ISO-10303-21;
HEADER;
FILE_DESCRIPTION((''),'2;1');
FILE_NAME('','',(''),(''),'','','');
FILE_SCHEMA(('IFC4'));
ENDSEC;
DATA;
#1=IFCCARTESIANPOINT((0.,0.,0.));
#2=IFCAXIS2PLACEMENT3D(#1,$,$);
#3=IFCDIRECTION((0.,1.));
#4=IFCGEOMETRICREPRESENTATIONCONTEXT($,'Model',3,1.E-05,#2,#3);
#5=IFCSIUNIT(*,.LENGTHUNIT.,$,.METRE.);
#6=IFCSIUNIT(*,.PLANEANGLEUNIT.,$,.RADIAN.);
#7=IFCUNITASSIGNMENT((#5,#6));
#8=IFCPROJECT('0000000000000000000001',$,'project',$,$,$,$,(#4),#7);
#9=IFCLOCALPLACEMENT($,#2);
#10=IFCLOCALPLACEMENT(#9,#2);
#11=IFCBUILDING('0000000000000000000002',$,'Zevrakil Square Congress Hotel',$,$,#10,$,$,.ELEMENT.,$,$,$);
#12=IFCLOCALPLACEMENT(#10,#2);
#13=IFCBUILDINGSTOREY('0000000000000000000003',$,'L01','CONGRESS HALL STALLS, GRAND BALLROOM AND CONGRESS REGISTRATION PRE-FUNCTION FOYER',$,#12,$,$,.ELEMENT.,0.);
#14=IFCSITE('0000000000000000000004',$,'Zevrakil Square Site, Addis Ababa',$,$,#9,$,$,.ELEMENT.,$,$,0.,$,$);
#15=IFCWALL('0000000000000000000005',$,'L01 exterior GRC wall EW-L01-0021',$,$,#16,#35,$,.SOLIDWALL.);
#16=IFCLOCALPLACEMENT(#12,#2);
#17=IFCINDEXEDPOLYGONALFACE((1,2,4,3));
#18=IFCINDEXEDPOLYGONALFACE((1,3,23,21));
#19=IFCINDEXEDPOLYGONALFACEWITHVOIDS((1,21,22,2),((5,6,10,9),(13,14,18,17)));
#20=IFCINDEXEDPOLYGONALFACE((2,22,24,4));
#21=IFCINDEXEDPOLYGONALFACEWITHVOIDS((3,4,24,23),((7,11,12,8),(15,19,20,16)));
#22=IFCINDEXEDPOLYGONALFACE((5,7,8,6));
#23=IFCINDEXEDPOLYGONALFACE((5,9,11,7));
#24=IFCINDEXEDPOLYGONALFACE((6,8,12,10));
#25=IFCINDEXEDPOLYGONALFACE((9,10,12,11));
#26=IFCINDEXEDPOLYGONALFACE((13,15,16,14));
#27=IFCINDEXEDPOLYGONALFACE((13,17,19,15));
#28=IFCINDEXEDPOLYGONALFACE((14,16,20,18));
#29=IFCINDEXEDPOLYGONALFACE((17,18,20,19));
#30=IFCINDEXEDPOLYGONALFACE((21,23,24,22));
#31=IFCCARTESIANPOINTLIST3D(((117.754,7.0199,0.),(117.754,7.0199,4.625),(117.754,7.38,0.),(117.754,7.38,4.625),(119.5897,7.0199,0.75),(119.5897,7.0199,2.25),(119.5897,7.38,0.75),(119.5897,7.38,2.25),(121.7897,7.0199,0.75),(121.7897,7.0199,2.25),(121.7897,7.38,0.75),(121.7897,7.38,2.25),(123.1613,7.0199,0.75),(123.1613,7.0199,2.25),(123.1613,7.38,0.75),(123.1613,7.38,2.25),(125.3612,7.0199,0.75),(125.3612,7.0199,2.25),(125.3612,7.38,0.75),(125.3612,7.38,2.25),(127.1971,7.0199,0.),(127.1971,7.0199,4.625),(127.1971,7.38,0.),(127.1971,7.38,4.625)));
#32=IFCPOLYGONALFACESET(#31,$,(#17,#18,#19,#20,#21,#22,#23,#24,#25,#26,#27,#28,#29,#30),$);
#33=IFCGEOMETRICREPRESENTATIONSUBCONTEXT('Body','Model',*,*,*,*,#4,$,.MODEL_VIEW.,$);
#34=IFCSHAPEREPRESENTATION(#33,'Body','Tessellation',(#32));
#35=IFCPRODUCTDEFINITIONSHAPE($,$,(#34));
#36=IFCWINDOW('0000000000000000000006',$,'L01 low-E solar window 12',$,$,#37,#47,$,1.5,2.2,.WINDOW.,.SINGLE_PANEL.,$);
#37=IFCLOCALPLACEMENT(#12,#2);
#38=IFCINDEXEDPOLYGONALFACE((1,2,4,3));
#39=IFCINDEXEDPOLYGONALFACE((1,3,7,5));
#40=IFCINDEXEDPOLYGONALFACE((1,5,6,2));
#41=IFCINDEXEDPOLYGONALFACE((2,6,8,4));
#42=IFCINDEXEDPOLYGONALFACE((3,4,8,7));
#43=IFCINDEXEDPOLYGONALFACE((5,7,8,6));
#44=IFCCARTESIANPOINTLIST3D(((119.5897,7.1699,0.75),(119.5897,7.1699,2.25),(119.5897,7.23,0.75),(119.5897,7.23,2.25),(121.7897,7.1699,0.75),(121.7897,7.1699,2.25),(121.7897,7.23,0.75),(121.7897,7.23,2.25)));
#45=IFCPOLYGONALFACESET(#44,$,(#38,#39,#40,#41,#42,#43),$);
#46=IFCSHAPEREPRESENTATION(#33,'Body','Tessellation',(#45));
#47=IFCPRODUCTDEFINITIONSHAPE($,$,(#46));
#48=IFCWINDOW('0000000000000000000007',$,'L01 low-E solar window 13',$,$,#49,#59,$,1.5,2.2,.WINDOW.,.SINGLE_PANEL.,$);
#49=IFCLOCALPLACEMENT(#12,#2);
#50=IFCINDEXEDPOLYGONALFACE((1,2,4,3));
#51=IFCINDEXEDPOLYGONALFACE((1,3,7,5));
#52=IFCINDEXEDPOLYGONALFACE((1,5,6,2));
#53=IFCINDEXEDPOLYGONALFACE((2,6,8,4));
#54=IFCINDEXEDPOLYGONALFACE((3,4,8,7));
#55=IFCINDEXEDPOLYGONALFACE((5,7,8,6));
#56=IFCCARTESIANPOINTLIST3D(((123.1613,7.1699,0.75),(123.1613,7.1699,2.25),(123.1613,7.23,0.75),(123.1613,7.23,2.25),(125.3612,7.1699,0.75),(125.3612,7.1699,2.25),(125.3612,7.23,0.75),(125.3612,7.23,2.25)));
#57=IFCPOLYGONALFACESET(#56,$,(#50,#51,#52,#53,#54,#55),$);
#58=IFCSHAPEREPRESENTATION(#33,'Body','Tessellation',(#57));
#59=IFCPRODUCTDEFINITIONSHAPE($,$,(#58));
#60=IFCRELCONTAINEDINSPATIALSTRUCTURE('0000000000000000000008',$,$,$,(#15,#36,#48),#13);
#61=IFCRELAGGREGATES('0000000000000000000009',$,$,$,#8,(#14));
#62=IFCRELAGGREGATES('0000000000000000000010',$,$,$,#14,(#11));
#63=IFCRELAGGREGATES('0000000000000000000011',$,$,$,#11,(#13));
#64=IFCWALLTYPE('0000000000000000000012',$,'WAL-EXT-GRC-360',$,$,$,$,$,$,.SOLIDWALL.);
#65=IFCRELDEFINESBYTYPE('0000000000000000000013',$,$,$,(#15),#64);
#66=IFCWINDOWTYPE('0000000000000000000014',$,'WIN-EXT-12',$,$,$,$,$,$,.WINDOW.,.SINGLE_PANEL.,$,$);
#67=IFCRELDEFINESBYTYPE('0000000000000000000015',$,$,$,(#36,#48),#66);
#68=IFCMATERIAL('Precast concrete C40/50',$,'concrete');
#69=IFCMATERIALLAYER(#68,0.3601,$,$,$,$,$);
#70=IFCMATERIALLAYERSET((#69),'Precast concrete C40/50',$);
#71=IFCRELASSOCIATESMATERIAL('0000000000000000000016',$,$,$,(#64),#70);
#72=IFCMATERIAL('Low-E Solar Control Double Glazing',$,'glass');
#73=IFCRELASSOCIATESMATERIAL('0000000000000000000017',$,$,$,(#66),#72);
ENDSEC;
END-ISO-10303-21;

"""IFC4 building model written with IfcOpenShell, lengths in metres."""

from ifc_helpers import new_model, si_unit, direction, frame, frame_2d, origin, place, context, subcontext, project, spatial, rectangle, extrude, material, layer, layer_set, type_object, element, fill, save


model = new_model("IFC4")

# Units and contexts
model_context = context("Model", 3, precision=1e-05, world=origin(), true_north=direction((0.0, 1.0)))
body_context = subcontext(model_context, "Body", "Model", "MODEL_VIEW")
ifc_project = project(units=[si_unit("LENGTHUNIT", "METRE"), si_unit("PLANEANGLEUNIT", "RADIAN")], contexts=[model_context])

# Site, building, storey
site_placement = place(None, origin())
site = spatial("IfcSite", under=ifc_project, at=site_placement, Name="Zevrakil Square Site, Addis Ababa", CompositionType="ELEMENT", RefElevation=0.0)
building_placement = place(site_placement, origin())
building = spatial("IfcBuilding", under=site, at=building_placement, Name="Zevrakil Square Congress Hotel", CompositionType="ELEMENT")
storey_placement = place(building_placement, origin())
storey = spatial("IfcBuildingStorey", under=building, at=storey_placement, Name="L01", Description="CONGRESS HALL STALLS, GRAND BALLROOM AND CONGRESS REGISTRATION PRE-FUNCTION FOYER", CompositionType="ELEMENT", Elevation=0.0)

# Wall, openings, windows
ifc_material_1 = material(Name="Precast concrete C40/50", Category="concrete")
ifc_layer_1 = layer(ifc_material_1, 0.3601)
ifc_layer_set_1 = layer_set([ifc_layer_1], Name="Precast concrete C40/50")
wall_type_1 = type_object("IfcWallType", Name="WAL-EXT-GRC-360", PredefinedType="SOLIDWALL", material=ifc_layer_set_1)
wall_1_placement = place(storey_placement, frame((117.7539, 7.2, 0.0), z_axis=(0.0, 0.0, 1.0), x_axis=(1.0, 0.0, 0.0)))
wall_1 = element("IfcWall", 1, at=wall_1_placement, inside=storey, type_object=wall_type_1, Name="L01 exterior GRC wall EW-L01-0021", PredefinedType="SOLIDWALL", context=body_context, shape_type="SweptSolid", body=[
    extrude(rectangle(XDim=9.4431, YDim=0.3601, at=frame_2d((4.7217, 0.0))), origin(), (0.0, 0.0, 1.0), 4.625),
])
opening_1_placement = place(wall_1_placement, frame((1.8357, 0.0, 0.75)))
opening_1 = element("IfcOpeningElement", 2, at=opening_1_placement, cuts=wall_1, PredefinedType="OPENING", context=body_context, shape_type="SweptSolid", body=[
    extrude(rectangle(XDim=2.2, YDim=1.5, at=frame_2d((1.1001, 0.75))), frame((0.0, 0.1899, 0.0), z_axis=(0.0, -1.0, 0.0), x_axis=(1.0, 0.0, 0.0)), (0.0, 0.0, 1.0), 0.3801),
])
opening_2_placement = place(wall_1_placement, frame((5.4072, 0.0, 0.75)))
opening_2 = element("IfcOpeningElement", 3, at=opening_2_placement, cuts=wall_1, PredefinedType="OPENING", context=body_context, shape_type="SweptSolid", body=[
    extrude(rectangle(XDim=2.2, YDim=1.5, at=frame_2d((1.1001, 0.75))), frame((0.0, 0.1899, 0.0), z_axis=(0.0, -1.0, 0.0), x_axis=(1.0, 0.0, 0.0)), (0.0, 0.0, 1.0), 0.3801),
])
ifc_material_2 = material(Name="Low-E Solar Control Double Glazing", Category="glass")
window_type_1 = type_object("IfcWindowType", Name="WIN-EXT-12", PartitioningType="SINGLE_PANEL", PredefinedType="WINDOW", material=ifc_material_2)
window_1_placement = place(opening_1_placement, origin())
window_1 = element("IfcWindow", 4, at=window_1_placement, inside=storey, type_object=window_type_1, Name="L01 low-E solar window 12", OverallHeight=1.5, OverallWidth=2.2, PartitioningType="SINGLE_PANEL", PredefinedType="WINDOW", context=body_context, shape_type="SweptSolid", body=[
    extrude(rectangle(XDim=2.2, YDim=1.5, at=frame_2d((1.1001, 0.75))), frame((0.0, 0.03, 0.0), z_axis=(0.0, -1.0, 0.0), x_axis=(1.0, 0.0, 0.0)), (0.0, 0.0, 1.0), 0.0601),
])
fill(opening_1, window_1)
window_2_placement = place(opening_2_placement, origin())
window_2 = element("IfcWindow", 5, at=window_2_placement, inside=storey, type_object=window_type_1, Name="L01 low-E solar window 13", OverallHeight=1.5, OverallWidth=2.2, PartitioningType="SINGLE_PANEL", PredefinedType="WINDOW", context=body_context, shape_type="SweptSolid", body=[
    extrude(rectangle(XDim=2.2, YDim=1.5, at=frame_2d((1.1001, 0.75))), frame((0.0, 0.03, 0.0), z_axis=(0.0, -1.0, 0.0), x_axis=(1.0, 0.0, 0.0)), (0.0, 0.0, 1.0), 0.0601),
])
fill(opening_2, window_2)

save(model, "model.ifc")
